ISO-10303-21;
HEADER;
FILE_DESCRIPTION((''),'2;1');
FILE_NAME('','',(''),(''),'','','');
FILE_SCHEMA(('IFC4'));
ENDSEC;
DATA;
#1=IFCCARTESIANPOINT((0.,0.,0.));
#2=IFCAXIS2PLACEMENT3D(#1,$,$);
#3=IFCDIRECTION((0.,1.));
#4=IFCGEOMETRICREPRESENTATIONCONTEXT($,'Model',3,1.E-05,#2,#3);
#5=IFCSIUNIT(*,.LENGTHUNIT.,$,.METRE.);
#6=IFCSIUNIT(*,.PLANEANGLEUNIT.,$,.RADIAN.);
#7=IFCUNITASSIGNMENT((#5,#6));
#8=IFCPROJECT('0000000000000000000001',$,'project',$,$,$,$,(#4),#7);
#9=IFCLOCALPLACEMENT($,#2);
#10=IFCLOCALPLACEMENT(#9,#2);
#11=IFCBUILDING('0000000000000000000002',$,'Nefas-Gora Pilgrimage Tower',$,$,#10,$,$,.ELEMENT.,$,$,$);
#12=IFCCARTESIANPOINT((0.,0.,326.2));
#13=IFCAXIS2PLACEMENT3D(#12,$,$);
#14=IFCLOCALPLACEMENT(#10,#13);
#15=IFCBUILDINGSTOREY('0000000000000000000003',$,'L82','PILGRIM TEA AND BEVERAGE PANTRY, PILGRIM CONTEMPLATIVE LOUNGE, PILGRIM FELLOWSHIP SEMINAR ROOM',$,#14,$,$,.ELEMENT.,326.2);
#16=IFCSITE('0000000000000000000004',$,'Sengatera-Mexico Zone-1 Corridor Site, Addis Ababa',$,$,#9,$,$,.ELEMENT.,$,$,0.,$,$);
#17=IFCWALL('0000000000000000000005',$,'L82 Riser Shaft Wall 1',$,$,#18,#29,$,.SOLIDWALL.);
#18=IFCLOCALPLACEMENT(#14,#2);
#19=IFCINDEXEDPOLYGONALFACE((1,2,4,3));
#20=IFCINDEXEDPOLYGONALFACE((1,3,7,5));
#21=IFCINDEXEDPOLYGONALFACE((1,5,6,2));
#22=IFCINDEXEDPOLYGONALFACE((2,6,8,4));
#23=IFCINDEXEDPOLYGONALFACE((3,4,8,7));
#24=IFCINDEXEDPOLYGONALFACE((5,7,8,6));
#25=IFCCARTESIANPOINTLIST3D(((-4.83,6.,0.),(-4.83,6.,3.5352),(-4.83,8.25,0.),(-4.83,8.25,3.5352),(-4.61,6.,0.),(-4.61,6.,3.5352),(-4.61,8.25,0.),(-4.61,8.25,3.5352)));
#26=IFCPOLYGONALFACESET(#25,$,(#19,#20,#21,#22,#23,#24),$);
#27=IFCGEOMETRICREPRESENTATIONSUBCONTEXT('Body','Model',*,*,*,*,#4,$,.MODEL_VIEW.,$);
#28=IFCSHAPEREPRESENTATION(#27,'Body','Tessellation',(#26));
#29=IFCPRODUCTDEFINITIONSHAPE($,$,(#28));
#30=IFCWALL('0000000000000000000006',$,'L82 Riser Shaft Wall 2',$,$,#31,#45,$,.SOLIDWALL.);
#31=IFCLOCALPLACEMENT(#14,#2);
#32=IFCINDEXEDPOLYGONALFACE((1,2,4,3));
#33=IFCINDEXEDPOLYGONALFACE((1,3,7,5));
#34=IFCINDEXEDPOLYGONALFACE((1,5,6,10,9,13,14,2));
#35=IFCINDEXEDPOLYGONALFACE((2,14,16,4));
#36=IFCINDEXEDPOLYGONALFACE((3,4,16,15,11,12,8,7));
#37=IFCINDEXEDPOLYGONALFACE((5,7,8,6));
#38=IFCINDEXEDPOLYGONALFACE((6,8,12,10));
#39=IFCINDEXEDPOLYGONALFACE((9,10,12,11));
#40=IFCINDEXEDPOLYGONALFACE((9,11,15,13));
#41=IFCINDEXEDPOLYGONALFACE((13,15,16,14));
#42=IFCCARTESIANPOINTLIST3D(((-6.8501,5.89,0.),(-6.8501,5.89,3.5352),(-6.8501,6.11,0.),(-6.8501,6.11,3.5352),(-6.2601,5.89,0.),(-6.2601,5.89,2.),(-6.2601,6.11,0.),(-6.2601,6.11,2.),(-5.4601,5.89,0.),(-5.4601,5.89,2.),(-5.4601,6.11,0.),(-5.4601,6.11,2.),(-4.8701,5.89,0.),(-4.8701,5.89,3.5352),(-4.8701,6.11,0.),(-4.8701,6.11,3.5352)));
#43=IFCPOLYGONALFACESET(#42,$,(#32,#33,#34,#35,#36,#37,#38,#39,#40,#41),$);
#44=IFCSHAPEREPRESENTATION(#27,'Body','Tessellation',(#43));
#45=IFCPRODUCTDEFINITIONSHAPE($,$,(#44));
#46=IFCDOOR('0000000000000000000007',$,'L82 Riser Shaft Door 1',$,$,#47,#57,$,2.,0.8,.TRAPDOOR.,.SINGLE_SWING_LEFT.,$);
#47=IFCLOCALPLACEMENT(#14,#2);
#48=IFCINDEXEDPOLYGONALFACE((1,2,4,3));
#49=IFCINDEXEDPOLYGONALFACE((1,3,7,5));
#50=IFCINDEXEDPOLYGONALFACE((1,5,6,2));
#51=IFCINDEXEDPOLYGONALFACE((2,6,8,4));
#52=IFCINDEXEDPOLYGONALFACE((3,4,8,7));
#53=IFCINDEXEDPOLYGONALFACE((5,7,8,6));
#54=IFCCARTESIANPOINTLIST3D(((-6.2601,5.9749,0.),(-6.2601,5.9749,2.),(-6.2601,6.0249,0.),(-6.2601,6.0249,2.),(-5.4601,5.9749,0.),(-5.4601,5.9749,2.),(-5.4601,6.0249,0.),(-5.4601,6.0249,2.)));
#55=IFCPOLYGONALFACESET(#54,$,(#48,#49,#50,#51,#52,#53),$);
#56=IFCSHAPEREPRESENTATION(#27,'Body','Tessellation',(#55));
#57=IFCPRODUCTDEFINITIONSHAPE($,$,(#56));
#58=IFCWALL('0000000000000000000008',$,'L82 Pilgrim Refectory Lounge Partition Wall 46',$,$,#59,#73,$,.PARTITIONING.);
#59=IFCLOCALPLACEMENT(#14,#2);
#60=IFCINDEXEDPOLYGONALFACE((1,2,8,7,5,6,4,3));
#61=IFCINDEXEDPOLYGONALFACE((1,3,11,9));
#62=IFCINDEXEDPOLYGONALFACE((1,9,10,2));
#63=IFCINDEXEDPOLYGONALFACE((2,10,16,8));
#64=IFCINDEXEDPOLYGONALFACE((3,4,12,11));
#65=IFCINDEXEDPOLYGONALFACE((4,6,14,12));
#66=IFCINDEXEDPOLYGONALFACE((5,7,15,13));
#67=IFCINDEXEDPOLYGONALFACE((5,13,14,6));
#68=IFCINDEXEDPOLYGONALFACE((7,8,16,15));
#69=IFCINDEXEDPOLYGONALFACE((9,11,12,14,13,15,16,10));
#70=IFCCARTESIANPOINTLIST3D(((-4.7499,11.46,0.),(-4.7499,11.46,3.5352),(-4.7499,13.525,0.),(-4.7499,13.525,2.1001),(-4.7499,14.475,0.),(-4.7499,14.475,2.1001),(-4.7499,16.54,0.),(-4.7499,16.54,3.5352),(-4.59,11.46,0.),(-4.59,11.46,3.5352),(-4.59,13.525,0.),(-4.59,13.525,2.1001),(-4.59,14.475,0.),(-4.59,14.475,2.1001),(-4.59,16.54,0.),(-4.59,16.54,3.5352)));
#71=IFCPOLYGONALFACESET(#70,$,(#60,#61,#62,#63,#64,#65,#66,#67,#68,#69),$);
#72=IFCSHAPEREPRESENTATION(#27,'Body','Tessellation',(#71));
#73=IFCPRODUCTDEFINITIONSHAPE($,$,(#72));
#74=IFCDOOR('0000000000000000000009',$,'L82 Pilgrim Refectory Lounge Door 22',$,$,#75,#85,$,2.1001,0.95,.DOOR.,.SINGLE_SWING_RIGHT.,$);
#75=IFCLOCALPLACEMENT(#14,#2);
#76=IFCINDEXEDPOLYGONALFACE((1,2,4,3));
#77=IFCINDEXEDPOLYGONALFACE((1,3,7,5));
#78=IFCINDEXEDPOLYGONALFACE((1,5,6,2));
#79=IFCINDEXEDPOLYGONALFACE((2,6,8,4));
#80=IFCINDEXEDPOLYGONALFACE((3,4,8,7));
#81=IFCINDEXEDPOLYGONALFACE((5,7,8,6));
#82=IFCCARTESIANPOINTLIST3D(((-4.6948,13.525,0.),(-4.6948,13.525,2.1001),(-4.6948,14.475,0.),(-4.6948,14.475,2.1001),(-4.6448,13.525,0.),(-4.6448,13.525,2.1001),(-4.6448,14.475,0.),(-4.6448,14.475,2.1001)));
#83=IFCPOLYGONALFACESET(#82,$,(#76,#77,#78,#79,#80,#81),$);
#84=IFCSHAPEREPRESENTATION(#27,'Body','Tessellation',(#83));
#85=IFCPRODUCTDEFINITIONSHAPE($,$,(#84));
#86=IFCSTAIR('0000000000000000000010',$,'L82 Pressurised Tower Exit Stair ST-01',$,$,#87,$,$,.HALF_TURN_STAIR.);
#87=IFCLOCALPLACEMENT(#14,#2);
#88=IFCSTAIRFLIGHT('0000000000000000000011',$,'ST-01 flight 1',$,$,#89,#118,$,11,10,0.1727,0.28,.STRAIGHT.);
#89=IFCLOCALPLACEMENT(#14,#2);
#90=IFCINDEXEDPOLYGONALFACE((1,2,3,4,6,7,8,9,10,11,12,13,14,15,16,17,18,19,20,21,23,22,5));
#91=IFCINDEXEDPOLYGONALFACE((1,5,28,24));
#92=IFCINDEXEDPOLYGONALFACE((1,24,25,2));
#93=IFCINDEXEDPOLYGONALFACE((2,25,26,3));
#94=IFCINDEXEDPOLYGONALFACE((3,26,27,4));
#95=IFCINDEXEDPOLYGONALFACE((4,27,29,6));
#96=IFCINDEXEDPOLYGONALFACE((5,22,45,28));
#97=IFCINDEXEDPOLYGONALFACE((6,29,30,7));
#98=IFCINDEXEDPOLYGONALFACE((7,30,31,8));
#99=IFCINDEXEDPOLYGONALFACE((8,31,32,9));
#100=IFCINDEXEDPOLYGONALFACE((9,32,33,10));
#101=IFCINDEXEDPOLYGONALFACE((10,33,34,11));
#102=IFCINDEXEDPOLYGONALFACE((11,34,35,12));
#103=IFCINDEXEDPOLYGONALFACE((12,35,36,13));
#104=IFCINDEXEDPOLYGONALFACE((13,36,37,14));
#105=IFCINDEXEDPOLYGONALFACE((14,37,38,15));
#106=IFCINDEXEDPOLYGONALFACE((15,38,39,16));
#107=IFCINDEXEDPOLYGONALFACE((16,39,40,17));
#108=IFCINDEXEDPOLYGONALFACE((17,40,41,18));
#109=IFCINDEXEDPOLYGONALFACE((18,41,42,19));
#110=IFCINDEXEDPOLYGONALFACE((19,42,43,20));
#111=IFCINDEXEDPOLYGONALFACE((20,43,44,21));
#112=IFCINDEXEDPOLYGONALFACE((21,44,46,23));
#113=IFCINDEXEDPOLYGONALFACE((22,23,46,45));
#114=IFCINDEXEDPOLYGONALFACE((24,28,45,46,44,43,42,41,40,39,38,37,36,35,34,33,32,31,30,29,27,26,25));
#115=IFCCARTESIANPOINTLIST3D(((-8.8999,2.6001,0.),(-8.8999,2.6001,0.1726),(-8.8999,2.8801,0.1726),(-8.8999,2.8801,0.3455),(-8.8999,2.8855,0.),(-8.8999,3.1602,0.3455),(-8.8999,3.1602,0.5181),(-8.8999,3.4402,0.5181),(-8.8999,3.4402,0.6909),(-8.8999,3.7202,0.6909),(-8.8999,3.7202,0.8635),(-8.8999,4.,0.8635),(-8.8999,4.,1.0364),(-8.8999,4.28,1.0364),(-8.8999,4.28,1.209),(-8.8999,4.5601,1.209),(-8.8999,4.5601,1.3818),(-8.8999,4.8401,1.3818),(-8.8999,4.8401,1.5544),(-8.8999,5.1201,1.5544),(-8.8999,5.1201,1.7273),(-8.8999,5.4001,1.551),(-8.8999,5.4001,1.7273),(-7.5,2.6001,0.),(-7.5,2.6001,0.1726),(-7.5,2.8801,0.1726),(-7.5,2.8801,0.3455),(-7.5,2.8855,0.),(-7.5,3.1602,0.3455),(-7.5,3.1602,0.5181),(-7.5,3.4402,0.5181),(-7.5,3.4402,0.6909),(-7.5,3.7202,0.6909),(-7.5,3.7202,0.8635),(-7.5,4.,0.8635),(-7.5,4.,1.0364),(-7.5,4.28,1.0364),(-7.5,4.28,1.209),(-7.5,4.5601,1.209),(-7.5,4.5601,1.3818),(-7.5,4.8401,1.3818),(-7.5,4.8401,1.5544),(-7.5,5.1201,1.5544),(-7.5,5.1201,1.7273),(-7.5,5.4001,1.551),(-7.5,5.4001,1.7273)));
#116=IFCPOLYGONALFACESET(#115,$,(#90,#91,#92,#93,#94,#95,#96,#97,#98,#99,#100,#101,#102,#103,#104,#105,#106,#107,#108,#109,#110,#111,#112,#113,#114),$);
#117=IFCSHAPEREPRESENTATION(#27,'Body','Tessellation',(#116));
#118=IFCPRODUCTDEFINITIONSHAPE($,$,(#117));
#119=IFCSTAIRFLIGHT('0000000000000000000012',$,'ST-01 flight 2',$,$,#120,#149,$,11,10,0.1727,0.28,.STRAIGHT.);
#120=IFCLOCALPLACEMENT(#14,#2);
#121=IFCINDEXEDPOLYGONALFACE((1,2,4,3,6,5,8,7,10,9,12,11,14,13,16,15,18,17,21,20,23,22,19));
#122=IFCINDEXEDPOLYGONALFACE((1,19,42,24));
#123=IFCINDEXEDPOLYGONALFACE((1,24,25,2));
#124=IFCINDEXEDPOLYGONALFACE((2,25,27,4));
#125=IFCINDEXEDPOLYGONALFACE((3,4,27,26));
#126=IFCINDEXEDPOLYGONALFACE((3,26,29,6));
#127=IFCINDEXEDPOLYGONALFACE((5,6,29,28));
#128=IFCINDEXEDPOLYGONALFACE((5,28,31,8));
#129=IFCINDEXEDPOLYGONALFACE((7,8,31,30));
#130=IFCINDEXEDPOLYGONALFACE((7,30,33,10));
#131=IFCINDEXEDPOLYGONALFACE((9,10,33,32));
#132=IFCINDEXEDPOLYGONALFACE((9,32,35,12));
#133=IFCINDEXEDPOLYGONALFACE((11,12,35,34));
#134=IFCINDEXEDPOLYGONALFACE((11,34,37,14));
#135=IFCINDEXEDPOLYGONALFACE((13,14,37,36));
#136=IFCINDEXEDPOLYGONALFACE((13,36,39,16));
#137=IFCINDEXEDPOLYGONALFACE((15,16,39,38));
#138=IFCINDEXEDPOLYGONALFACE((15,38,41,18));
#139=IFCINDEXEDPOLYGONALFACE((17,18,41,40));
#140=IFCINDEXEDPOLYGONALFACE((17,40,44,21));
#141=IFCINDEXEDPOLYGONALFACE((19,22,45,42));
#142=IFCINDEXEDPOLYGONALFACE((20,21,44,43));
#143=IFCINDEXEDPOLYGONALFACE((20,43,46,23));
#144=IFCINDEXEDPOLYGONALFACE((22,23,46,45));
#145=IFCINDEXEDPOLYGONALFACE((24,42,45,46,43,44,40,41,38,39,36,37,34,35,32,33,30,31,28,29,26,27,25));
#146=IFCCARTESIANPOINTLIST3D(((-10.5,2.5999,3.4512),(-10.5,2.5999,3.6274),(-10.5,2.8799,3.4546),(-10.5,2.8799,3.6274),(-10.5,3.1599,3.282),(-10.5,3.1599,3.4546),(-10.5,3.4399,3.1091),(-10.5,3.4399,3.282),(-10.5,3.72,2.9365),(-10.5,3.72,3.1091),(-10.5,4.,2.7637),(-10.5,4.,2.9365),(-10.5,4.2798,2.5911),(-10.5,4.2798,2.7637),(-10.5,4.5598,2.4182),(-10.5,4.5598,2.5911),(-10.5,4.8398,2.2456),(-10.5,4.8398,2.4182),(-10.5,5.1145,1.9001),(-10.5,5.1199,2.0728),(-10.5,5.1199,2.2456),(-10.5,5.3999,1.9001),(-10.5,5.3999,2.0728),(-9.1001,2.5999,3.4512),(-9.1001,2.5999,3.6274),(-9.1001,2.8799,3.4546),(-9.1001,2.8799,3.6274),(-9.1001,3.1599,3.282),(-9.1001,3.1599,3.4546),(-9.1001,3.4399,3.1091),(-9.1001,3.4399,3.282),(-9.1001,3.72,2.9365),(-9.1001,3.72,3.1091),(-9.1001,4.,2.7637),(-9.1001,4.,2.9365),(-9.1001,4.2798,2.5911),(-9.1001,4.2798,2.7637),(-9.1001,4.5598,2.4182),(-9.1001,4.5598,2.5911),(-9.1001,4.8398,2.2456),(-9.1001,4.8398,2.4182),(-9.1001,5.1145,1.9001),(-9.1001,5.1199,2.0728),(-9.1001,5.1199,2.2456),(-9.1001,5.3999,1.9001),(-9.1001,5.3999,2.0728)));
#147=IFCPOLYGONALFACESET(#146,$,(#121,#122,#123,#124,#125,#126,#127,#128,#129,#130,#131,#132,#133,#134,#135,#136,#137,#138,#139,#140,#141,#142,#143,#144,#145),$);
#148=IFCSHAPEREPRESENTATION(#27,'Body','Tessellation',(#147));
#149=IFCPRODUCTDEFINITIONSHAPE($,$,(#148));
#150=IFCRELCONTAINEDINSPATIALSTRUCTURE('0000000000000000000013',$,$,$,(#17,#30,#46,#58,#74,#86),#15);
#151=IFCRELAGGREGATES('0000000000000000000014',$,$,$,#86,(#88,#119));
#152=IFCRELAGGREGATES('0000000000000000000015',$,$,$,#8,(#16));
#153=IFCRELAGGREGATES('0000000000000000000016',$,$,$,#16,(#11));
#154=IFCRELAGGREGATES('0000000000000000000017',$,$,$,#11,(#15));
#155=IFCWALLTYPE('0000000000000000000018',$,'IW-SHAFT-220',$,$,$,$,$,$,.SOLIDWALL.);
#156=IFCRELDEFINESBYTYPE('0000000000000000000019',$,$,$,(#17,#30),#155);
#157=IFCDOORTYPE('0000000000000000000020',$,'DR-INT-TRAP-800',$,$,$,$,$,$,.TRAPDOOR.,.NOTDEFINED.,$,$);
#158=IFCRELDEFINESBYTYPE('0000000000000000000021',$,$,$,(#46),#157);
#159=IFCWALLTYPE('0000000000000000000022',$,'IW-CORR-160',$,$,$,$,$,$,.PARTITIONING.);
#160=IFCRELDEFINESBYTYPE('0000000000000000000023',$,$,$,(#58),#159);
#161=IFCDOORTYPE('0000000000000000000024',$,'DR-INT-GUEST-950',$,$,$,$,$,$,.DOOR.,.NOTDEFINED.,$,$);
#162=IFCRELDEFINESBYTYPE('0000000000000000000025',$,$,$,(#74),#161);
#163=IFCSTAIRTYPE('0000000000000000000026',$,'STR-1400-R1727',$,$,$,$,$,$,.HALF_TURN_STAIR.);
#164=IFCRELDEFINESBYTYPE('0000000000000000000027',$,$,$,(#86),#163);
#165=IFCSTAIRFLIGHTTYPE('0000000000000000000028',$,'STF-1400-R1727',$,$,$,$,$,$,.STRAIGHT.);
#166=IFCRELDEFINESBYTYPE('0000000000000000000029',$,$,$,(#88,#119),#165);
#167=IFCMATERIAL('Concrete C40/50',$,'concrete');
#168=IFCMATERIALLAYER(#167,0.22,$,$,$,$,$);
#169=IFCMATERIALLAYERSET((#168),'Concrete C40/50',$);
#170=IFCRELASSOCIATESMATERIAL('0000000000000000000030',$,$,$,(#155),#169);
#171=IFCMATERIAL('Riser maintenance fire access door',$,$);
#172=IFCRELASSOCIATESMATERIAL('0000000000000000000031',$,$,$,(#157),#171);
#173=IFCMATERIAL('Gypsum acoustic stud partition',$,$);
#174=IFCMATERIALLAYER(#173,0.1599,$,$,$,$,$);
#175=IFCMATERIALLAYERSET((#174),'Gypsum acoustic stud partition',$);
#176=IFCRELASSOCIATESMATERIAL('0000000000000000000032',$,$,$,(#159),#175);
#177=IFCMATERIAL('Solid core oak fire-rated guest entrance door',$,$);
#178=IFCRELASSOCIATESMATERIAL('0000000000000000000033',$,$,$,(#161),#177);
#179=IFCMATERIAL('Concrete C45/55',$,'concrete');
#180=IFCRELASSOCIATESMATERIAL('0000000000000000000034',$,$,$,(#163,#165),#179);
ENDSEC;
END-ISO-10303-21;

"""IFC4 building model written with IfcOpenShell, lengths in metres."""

from ifc_helpers import new_model, si_unit, direction, frame, frame_2d, origin, place, context, subcontext, project, spatial, polyline, rectangle, outline, extrude, source, transform, mapped, material, layer, layer_set, type_object, element, fill, aggregate, save


model = new_model("IFC4")

# Units and contexts
model_context = context("Model", 3, precision=1e-05, world=origin(), true_north=direction((0.0, 1.0)))
body_context = subcontext(model_context, "Body", "Model", "MODEL_VIEW")
ifc_project = project(units=[si_unit("LENGTHUNIT", "METRE"), si_unit("PLANEANGLEUNIT", "RADIAN")], contexts=[model_context])

# Site, building, storey
site_placement = place(None, origin())
site = spatial("IfcSite", under=ifc_project, at=site_placement, Name="Sengatera-Mexico Zone-1 Corridor Site, Addis Ababa", CompositionType="ELEMENT", RefElevation=0.0)
building_placement = place(site_placement, origin())
building = spatial("IfcBuilding", under=site, at=building_placement, Name="Nefas-Gora Pilgrimage Tower", CompositionType="ELEMENT")
storey_placement = place(building_placement, frame((0.0, 0.0, 326.2)))
storey = spatial("IfcBuildingStorey", under=building, at=storey_placement, Name="L82", Description="PILGRIM TEA AND BEVERAGE PANTRY, PILGRIM CONTEMPLATIVE LOUNGE, PILGRIM FELLOWSHIP SEMINAR ROOM", CompositionType="ELEMENT", Elevation=326.2)

# Shared definitions
ifc_material_1 = material(Name="Concrete C45/55", Category="concrete")

# Shared definitions
ifc_material_2 = material(Name="Concrete C40/50", Category="concrete")
ifc_layer_1 = layer(ifc_material_2, 0.22)
ifc_layer_set_1 = layer_set([ifc_layer_1], Name="Concrete C40/50")
wall_type_1 = type_object("IfcWallType", Name="IW-SHAFT-220", PredefinedType="SOLIDWALL", material=ifc_layer_set_1)

# Wall
shared_shape_1 = source(origin(), body_context, "Body", "SweptSolid", [
    extrude(rectangle(XDim=2.25, YDim=0.22, at=frame_2d((1.125, 0.0))), origin(), (0.0, 0.0, 1.0), 3.5352),
])
wall_1_placement = place(storey_placement, frame((-4.72, 6.0, 0.0), z_axis=(0.0, 0.0, 1.0), x_axis=(0.0, 1.0, 0.0)))
element("IfcWall", 1, at=wall_1_placement, inside=storey, type_object=wall_type_1, Name="L82 Riser Shaft Wall 1", PredefinedType="SOLIDWALL", context=body_context, shape_type="MappedRepresentation", body=[
    mapped(shared_shape_1, transform((0.0, 0.0, 0.0), x_axis=(1.0, 0.0, 0.0), y_axis=(0.0, 1.0, 0.0), z_axis=(0.0, 0.0, 1.0), scale=1.0)),
])

# Walls, openings, doors
shared_shape_2 = source(origin(), body_context, "Body", "SweptSolid", [
    extrude(rectangle(XDim=1.98, YDim=0.22, at=frame_2d((0.99, 0.0))), origin(), (0.0, 0.0, 1.0), 3.5352),
])
wall_2_placement = place(storey_placement, frame((-6.8501, 6.0, 0.0), z_axis=(0.0, 0.0, 1.0), x_axis=(1.0, 0.0, 0.0)))
wall_2 = element("IfcWall", 2, at=wall_2_placement, inside=storey, type_object=wall_type_1, Name="L82 Riser Shaft Wall 2", PredefinedType="SOLIDWALL", context=body_context, shape_type="MappedRepresentation", body=[
    mapped(shared_shape_2, transform((0.0, 0.0, 0.0), x_axis=(1.0, 0.0, 0.0), y_axis=(0.0, 1.0, 0.0), z_axis=(0.0, 0.0, 1.0), scale=1.0)),
])
opening_1_placement = place(wall_2_placement, frame((0.5901, 0.0, 0.0)))
opening_1 = element("IfcOpeningElement", 3, at=opening_1_placement, cuts=wall_2, PredefinedType="OPENING", context=body_context, shape_type="SweptSolid", body=[
    extrude(rectangle(XDim=0.8, YDim=2.0, at=frame_2d((0.3999, 1.0))), frame((0.0, 0.1199, 0.0), z_axis=(0.0, -1.0, 0.0), x_axis=(1.0, 0.0, 0.0)), (0.0, 0.0, 1.0), 0.24),
])
ifc_material_3 = material(Name="Riser maintenance fire access door")
door_type_1 = type_object("IfcDoorType", Name="DR-INT-TRAP-800", OperationType="NOTDEFINED", PredefinedType="TRAPDOOR", material=ifc_material_3)
shared_shape_3 = source(origin(), body_context, "Body", "SweptSolid", [
    extrude(rectangle(XDim=0.8, YDim=2.0, at=frame_2d((0.3999, 1.0))), frame((0.0, 0.0249, 0.0), z_axis=(0.0, -1.0, 0.0), x_axis=(1.0, 0.0, 0.0)), (0.0, 0.0, 1.0), 0.05),
])
door_1_placement = place(opening_1_placement, origin())
door_1 = element("IfcDoor", 4, at=door_1_placement, inside=storey, type_object=door_type_1, Name="L82 Riser Shaft Door 1", OperationType="SINGLE_SWING_LEFT", OverallHeight=2.0, OverallWidth=0.8, PredefinedType="TRAPDOOR", context=body_context, shape_type="MappedRepresentation", body=[
    mapped(shared_shape_3, transform((0.0, 0.0, 0.0), x_axis=(1.0, 0.0, 0.0), y_axis=(0.0, 1.0, 0.0), z_axis=(0.0, 0.0, 1.0), scale=1.0)),
])
fill(opening_1, door_1)
ifc_material_4 = material(Name="Gypsum acoustic stud partition")
ifc_layer_2 = layer(ifc_material_4, 0.1599)
ifc_layer_set_2 = layer_set([ifc_layer_2], Name="Gypsum acoustic stud partition")
wall_type_2 = type_object("IfcWallType", Name="IW-CORR-160", PredefinedType="PARTITIONING", material=ifc_layer_set_2)
shared_shape_4 = source(origin(), body_context, "Body", "SweptSolid", [
    extrude(rectangle(XDim=5.0801, YDim=0.1599, at=frame_2d((2.54, 0.0))), origin(), (0.0, 0.0, 1.0), 3.5352),
])
wall_3_placement = place(storey_placement, frame((-4.6699, 11.46, 0.0), z_axis=(0.0, 0.0, 1.0), x_axis=(0.0, 1.0, 0.0)))
wall_3 = element("IfcWall", 5, at=wall_3_placement, inside=storey, type_object=wall_type_2, Name="L82 Pilgrim Refectory Lounge Partition Wall 46", PredefinedType="PARTITIONING", context=body_context, shape_type="MappedRepresentation", body=[
    mapped(shared_shape_4, transform((0.0, 0.0, 0.0), x_axis=(1.0, 0.0, 0.0), y_axis=(0.0, 1.0, 0.0), z_axis=(0.0, 0.0, 1.0), scale=1.0)),
])
opening_2_placement = place(wall_3_placement, frame((2.0649, 0.0, 0.0)))
opening_2 = element("IfcOpeningElement", 6, at=opening_2_placement, cuts=wall_3, PredefinedType="OPENING", context=body_context, shape_type="SweptSolid", body=[
    extrude(rectangle(XDim=0.95, YDim=2.1001, at=frame_2d((0.4751, 1.05))), frame((0.0, 0.0898, 0.0), z_axis=(0.0, -1.0, 0.0), x_axis=(1.0, 0.0, 0.0)), (0.0, 0.0, 1.0), 0.1799),
])
ifc_material_5 = material(Name="Solid core oak fire-rated guest entrance door")
door_type_2 = type_object("IfcDoorType", Name="DR-INT-GUEST-950", OperationType="NOTDEFINED", PredefinedType="DOOR", material=ifc_material_5)
shared_shape_5 = source(origin(), body_context, "Body", "SweptSolid", [
    extrude(rectangle(XDim=0.95, YDim=2.1001, at=frame_2d((0.4751, 1.05))), frame((0.0, 0.0249, 0.0), z_axis=(0.0, -1.0, 0.0), x_axis=(1.0, 0.0, 0.0)), (0.0, 0.0, 1.0), 0.05),
])
door_2_placement = place(opening_2_placement, origin())
door_2 = element("IfcDoor", 7, at=door_2_placement, inside=storey, type_object=door_type_2, Name="L82 Pilgrim Refectory Lounge Door 22", OperationType="SINGLE_SWING_RIGHT", OverallHeight=2.1001, OverallWidth=0.95, PredefinedType="DOOR", context=body_context, shape_type="MappedRepresentation", body=[
    mapped(shared_shape_5, transform((0.0, 0.0, 0.0), x_axis=(1.0, 0.0, 0.0), y_axis=(0.0, 1.0, 0.0), z_axis=(0.0, 0.0, 1.0), scale=1.0)),
])
fill(opening_2, door_2)

# Stair, stair flights
stair_type = type_object("IfcStairType", Name="STR-1400-R1727", PredefinedType="HALF_TURN_STAIR", material=ifc_material_1)
stair_placement = place(storey_placement, origin())
stair = element("IfcStair", 8, at=stair_placement, inside=storey, type_object=stair_type, Name="L82 Pressurised Tower Exit Stair ST-01", PredefinedType="HALF_TURN_STAIR")
stair_flight_type = type_object("IfcStairFlightType", Name="STF-1400-R1727", PredefinedType="STRAIGHT", material=ifc_material_1)
shared_shape_6 = source(origin(), body_context, "Body", "SweptSolid", [
    extrude(outline(polyline([(0.0, 0.0), (0.0, 0.1726), (0.28, 0.1726), (0.28, 0.3455), (0.5601, 0.3455), (0.5601, 0.5181), (0.8401, 0.5181), (0.8401, 0.6909), (1.1201, 0.6909), (1.1201, 0.8635), (1.3999, 0.8635), (1.3999, 1.0364), (1.6799, 1.0364), (1.6799, 1.209), (1.96, 1.209), (1.96, 1.3818), (2.24, 1.3818), (2.24, 1.5544), (2.52, 1.5544), (2.52, 1.7273), (2.8, 1.7273), (2.8, 1.8999), (2.8, 1.551), (0.2854, 0.0), (0.0, 0.0)])), frame((0.0, 0.7, 0.0), z_axis=(0.0, -1.0, 0.0), x_axis=(1.0, 0.0, 0.0)), (0.0, 0.0, 1.0), 1.3999),
])
stair_flight_1_placement = place(storey_placement, frame((-8.2, 2.6001, 0.0), z_axis=(0.0, 0.0, 1.0), x_axis=(0.0, 1.0, 0.0)))
stair_flight_1 = element("IfcStairFlight", 9, at=stair_flight_1_placement, type_object=stair_flight_type, Name="ST-01 flight 1", NumberOfRisers=11, NumberOfTreads=10, PredefinedType="STRAIGHT", RiserHeight=0.1727, TreadLength=0.28, context=body_context, shape_type="MappedRepresentation", body=[
    mapped(shared_shape_6, transform((0.0, 0.0, 0.0), x_axis=(1.0, 0.0, 0.0), y_axis=(0.0, 1.0, 0.0), z_axis=(0.0, 0.0, 1.0), scale=1.0)),
])
stair_flight_2_placement = place(storey_placement, frame((-9.8, 5.3999, 1.9001), z_axis=(0.0, 0.0, 1.0), x_axis=(0.0, -1.0, 0.0)))
stair_flight_2 = element("IfcStairFlight", 10, at=stair_flight_2_placement, type_object=stair_flight_type, Name="ST-01 flight 2", NumberOfRisers=11, NumberOfTreads=10, PredefinedType="STRAIGHT", RiserHeight=0.1727, TreadLength=0.28, context=body_context, shape_type="MappedRepresentation", body=[
    mapped(shared_shape_6, transform((0.0, 0.0, 0.0), x_axis=(1.0, 0.0, 0.0), y_axis=(0.0, 1.0, 0.0), z_axis=(0.0, 0.0, 1.0), scale=1.0)),
])
aggregate(stair, [stair_flight_1, stair_flight_2])

save(model, "model.ifc")
